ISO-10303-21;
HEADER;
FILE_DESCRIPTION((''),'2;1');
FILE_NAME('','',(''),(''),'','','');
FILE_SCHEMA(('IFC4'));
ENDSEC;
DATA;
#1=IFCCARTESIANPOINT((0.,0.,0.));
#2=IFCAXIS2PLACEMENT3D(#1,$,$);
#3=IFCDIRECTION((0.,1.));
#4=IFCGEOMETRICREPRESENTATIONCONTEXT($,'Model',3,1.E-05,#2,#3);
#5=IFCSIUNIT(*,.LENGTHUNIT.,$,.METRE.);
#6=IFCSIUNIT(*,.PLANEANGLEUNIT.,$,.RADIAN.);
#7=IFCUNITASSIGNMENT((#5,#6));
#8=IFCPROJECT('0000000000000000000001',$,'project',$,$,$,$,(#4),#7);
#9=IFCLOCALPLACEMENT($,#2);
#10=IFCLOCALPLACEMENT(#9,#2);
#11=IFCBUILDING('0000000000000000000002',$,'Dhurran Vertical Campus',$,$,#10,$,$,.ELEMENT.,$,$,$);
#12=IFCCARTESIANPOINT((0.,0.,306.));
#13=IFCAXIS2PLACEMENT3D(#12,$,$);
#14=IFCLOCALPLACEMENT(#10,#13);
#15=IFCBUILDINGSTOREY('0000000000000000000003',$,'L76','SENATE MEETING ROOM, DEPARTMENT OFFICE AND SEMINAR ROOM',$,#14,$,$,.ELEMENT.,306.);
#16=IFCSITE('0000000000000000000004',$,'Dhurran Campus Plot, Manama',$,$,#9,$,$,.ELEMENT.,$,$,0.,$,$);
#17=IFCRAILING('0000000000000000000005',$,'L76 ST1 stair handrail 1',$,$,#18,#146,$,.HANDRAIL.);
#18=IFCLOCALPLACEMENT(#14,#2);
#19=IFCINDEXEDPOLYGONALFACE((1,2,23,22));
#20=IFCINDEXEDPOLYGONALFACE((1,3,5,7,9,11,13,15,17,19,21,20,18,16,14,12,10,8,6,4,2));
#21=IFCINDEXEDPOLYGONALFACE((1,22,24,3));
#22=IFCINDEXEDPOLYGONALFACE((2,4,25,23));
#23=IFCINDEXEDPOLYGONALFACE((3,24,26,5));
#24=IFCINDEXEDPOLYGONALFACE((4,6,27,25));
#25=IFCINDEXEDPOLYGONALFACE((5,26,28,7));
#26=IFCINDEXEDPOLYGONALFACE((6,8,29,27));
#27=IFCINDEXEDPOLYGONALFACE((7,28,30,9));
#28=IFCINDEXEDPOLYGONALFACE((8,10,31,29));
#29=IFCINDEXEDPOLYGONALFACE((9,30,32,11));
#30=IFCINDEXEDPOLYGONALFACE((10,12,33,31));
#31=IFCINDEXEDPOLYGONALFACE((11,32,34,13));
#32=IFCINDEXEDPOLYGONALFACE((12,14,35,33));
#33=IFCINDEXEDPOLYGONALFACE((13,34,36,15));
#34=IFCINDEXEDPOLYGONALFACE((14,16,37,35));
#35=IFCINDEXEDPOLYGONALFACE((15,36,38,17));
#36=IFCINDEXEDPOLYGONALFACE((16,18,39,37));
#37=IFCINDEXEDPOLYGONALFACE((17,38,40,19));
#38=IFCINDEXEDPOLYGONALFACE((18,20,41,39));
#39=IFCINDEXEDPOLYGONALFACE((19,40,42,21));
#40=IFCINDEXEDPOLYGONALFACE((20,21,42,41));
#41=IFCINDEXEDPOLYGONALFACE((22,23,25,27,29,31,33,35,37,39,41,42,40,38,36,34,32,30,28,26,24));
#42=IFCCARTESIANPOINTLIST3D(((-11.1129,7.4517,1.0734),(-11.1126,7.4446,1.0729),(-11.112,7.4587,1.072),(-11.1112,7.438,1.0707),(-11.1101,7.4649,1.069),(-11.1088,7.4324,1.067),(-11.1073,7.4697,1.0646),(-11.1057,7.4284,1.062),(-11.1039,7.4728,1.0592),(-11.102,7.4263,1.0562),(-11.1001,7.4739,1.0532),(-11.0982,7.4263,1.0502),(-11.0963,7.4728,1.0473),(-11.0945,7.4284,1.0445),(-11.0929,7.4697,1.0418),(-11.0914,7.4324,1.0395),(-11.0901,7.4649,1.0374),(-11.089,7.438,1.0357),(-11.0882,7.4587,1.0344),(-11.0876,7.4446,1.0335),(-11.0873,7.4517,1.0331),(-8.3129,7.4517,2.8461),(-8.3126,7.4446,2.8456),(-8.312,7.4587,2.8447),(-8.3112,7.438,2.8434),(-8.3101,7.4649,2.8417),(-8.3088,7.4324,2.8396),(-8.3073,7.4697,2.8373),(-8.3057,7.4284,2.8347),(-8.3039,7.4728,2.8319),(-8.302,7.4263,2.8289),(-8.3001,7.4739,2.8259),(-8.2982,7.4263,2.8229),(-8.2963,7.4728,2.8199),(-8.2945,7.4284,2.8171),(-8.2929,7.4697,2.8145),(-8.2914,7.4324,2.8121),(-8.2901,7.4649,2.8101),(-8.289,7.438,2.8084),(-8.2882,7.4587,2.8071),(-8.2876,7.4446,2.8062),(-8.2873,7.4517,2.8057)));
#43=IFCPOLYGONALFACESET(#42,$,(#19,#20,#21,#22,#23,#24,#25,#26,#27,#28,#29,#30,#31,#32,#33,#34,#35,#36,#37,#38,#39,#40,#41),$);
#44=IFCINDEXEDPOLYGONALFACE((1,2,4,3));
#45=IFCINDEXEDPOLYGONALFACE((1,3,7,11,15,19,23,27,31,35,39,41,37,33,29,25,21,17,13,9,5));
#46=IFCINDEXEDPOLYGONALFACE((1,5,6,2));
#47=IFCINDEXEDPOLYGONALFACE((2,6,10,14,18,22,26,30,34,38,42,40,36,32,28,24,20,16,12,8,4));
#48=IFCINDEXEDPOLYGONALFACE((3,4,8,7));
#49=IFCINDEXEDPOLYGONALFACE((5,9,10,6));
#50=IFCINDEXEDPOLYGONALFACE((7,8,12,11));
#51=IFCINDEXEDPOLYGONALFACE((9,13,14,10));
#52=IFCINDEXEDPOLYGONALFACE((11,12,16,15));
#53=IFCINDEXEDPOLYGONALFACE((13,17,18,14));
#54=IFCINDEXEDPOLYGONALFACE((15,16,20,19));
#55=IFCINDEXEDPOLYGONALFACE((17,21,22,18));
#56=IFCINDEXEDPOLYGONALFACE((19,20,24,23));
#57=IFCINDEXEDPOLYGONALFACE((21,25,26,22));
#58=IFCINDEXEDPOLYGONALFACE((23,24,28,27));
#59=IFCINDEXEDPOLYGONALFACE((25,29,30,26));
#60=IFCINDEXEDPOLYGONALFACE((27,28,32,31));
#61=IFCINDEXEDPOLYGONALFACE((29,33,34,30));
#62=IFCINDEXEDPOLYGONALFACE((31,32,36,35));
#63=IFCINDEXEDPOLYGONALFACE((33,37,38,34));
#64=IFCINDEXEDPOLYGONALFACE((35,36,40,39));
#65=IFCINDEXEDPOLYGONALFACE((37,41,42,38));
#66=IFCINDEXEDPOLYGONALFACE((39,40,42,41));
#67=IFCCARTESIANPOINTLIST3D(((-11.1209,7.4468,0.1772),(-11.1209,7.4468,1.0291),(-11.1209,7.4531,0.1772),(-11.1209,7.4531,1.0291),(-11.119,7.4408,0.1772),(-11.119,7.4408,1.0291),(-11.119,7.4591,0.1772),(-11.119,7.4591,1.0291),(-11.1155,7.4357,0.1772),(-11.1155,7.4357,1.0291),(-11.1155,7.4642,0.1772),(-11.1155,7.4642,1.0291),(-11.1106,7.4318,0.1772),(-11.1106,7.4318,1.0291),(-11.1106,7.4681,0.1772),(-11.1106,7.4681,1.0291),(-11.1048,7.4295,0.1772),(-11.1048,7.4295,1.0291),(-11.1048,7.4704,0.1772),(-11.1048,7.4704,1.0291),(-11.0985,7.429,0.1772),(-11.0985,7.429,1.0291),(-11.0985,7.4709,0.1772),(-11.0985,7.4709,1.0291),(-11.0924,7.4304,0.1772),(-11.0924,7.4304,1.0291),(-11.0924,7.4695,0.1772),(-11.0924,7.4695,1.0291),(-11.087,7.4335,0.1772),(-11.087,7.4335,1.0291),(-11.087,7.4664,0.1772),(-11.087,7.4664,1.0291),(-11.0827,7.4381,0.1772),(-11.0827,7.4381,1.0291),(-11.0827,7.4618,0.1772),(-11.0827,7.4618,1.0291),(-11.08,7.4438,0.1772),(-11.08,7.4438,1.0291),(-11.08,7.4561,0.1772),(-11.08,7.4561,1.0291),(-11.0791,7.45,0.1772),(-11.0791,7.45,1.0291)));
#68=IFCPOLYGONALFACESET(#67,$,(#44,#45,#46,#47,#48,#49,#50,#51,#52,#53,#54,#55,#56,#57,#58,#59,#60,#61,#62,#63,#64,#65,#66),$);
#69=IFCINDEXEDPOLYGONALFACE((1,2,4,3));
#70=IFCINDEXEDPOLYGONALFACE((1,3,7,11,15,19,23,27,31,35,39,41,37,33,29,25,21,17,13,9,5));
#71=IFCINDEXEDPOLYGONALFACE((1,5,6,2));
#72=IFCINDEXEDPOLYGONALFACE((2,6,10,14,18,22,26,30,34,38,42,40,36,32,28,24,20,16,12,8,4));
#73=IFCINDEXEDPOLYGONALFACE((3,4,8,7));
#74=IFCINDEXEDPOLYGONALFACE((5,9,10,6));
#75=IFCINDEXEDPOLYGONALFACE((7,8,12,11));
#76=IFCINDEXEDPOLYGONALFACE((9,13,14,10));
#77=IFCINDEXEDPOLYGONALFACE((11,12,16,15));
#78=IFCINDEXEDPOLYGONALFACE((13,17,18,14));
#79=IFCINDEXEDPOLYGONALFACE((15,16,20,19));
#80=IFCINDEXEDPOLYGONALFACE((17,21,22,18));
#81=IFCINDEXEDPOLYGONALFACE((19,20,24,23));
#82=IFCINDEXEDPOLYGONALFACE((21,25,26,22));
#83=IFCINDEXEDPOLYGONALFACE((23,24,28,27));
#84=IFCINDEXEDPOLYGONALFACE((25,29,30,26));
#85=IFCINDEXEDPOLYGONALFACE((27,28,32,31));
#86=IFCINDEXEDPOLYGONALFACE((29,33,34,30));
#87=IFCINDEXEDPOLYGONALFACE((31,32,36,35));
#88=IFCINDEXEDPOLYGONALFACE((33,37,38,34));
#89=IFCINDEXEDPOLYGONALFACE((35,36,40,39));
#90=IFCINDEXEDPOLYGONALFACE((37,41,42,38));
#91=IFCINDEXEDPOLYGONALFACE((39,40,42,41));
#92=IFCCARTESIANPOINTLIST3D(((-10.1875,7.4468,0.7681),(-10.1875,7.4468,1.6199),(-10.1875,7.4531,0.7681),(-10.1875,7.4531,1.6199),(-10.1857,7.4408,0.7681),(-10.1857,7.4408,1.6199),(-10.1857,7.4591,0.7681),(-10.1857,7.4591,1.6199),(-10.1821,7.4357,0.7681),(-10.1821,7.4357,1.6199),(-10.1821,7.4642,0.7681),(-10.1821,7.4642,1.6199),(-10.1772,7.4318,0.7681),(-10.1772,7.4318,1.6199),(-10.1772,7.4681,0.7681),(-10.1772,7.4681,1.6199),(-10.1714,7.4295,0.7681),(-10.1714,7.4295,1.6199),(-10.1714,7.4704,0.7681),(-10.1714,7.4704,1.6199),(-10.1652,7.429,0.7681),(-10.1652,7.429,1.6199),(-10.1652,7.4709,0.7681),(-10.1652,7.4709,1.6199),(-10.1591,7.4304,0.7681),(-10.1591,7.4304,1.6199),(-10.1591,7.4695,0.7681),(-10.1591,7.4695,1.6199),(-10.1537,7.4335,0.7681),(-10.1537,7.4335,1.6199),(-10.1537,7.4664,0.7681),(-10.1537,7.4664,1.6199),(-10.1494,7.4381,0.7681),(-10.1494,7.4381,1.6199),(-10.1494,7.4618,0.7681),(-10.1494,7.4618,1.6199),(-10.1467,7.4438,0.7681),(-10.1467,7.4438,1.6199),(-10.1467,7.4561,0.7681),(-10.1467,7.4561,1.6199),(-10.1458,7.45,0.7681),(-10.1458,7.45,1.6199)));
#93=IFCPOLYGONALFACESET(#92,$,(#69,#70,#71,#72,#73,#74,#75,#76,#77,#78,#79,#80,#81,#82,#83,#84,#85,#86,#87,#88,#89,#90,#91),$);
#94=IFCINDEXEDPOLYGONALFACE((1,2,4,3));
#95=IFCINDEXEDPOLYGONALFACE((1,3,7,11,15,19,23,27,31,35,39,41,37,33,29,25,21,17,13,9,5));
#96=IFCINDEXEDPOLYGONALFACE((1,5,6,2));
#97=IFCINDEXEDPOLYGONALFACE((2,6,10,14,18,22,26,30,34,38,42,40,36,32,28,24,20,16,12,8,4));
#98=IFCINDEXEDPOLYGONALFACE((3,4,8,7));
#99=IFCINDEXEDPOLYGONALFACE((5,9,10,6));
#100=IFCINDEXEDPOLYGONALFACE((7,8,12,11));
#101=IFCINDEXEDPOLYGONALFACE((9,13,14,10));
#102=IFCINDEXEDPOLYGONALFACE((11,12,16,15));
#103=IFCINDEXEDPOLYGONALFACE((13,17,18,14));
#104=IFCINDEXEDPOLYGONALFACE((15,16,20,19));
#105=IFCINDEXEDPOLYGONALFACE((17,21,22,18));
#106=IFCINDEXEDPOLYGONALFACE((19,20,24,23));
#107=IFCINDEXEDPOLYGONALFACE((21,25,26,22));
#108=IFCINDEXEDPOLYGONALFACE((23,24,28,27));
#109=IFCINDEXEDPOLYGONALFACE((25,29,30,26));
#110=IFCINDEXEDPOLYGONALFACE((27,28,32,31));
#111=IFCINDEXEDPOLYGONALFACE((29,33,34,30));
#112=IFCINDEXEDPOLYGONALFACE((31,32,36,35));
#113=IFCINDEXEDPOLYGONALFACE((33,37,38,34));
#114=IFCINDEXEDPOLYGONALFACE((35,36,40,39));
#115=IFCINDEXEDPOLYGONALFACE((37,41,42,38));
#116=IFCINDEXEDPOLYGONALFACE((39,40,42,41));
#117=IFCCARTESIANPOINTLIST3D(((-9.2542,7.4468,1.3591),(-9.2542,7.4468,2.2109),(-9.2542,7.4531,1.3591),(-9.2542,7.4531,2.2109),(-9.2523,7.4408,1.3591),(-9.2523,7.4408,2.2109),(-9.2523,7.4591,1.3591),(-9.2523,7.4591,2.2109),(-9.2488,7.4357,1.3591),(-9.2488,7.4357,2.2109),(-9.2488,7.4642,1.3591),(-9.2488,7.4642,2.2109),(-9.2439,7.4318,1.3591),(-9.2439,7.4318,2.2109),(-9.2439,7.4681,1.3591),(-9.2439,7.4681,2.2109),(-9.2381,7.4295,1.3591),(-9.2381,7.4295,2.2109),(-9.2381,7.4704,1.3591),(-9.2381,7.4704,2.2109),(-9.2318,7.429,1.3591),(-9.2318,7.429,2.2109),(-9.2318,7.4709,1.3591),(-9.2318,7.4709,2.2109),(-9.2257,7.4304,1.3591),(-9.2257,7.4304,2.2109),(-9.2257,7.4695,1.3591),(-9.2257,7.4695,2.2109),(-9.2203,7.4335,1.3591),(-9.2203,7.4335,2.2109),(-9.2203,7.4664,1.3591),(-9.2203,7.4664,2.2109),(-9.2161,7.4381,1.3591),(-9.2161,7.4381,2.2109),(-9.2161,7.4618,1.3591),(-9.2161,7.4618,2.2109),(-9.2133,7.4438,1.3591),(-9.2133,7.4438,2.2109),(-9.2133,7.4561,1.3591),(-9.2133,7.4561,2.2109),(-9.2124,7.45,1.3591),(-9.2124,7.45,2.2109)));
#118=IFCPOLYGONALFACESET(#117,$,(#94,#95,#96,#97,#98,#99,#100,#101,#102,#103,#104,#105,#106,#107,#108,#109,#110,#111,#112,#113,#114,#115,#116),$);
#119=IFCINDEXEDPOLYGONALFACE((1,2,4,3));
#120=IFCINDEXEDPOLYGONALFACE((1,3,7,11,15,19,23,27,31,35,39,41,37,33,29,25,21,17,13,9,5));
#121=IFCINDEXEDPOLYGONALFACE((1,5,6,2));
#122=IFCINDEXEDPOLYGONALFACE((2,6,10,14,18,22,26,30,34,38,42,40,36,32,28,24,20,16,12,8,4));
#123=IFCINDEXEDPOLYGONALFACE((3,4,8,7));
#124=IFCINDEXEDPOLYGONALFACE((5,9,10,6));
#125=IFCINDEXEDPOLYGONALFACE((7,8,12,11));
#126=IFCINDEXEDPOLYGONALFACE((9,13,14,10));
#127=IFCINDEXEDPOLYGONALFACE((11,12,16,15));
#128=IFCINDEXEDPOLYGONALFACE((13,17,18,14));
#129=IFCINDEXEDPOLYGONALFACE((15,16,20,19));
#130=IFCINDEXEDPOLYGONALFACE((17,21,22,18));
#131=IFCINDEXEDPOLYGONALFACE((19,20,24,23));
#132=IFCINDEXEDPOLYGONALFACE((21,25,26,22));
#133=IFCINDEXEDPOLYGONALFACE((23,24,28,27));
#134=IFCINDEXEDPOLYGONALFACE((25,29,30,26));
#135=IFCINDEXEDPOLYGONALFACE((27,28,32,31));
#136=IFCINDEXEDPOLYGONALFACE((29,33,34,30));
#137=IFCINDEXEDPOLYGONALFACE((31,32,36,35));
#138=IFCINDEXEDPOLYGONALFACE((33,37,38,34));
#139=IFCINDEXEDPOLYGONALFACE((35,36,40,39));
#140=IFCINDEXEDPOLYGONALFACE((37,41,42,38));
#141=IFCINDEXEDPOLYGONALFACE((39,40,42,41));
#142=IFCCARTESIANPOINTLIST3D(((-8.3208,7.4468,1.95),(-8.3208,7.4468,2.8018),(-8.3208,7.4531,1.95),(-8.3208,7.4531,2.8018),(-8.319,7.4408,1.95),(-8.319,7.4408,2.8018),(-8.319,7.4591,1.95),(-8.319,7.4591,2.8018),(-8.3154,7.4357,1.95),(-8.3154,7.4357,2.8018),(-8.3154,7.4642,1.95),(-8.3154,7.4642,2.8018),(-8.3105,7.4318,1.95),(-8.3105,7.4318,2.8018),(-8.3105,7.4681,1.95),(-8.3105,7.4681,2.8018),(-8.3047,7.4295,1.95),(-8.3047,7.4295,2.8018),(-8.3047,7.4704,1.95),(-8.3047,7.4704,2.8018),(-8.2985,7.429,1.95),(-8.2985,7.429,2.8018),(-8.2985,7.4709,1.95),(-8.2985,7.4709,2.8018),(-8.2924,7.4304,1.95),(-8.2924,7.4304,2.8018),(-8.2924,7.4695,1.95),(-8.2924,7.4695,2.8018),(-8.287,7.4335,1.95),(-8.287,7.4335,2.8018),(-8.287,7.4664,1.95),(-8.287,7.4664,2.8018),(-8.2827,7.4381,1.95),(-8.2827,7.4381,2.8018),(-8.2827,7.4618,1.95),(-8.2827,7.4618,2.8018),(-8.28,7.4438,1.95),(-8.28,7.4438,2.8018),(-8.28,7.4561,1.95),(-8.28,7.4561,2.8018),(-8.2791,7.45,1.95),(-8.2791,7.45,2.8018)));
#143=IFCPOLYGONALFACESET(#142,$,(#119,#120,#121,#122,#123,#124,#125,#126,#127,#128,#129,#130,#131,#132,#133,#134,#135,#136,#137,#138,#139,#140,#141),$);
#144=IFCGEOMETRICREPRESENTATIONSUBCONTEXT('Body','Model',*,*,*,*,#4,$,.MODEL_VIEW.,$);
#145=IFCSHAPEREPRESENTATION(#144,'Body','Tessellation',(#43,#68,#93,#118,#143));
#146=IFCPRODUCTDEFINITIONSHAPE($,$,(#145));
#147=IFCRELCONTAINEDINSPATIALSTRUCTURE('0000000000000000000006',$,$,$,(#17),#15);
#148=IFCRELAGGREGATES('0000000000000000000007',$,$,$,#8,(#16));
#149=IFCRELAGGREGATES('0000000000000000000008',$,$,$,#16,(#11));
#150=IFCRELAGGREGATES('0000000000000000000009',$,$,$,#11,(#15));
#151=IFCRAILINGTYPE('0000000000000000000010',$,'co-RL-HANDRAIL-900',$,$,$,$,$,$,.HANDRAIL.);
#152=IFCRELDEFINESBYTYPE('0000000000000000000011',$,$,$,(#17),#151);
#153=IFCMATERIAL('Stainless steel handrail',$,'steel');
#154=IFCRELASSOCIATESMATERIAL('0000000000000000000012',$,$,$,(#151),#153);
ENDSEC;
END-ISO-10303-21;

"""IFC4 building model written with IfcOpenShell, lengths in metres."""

from ifc_helpers import new_model, si_unit, direction, frame, origin, origin_2d, place, context, subcontext, project, spatial, circle, extrude, material, type_object, element, save


model = new_model("IFC4")

# Units and contexts
model_context = context("Model", 3, precision=1e-05, world=origin(), true_north=direction((0.0, 1.0)))
body_context = subcontext(model_context, "Body", "Model", "MODEL_VIEW")
ifc_project = project(units=[si_unit("LENGTHUNIT", "METRE"), si_unit("PLANEANGLEUNIT", "RADIAN")], contexts=[model_context])

# Site, building, storey
site_placement = place(None, origin())
site = spatial("IfcSite", under=ifc_project, at=site_placement, Name="Dhurran Campus Plot, Manama", CompositionType="ELEMENT", RefElevation=0.0)
building_placement = place(site_placement, origin())
building = spatial("IfcBuilding", under=site, at=building_placement, Name="Dhurran Vertical Campus", CompositionType="ELEMENT")
storey_placement = place(building_placement, frame((0.0, 0.0, 306.0)))
storey = spatial("IfcBuildingStorey", under=building, at=storey_placement, Name="L76", Description="SENATE MEETING ROOM, DEPARTMENT OFFICE AND SEMINAR ROOM", CompositionType="ELEMENT", Elevation=306.0)

# Railing
ifc_material_1 = material(Name="Stainless steel handrail", Category="steel")
railing_type_1 = type_object("IfcRailingType", Name="co-RL-HANDRAIL-900", PredefinedType="HANDRAIL", material=ifc_material_1)
railing_1_placement = place(storey_placement, frame((-11.1001, 7.45, 0.1772)))
element("IfcRailing", 1, at=railing_1_placement, inside=storey, type_object=railing_type_1, Name="L76 ST1 stair handrail 1", PredefinedType="HANDRAIL", context=body_context, shape_type="SweptSolid", body=[
    extrude(circle(Radius=0.0239, at=origin_2d()), frame((0.0, 0.0, 0.876), z_axis=(0.844909, 0.0, 0.53491), x_axis=(0.0, 1.0, 0.0)), (0.0, 0.0, 1.0), 3.314),
    extrude(circle(Radius=0.021, at=origin_2d()), origin(), (0.0, 0.0, 1.0), 0.8518),
    extrude(circle(Radius=0.021, at=origin_2d()), frame((0.9333, 0.0, 0.5908)), (0.0, 0.0, 1.0), 0.8518),
    extrude(circle(Radius=0.021, at=origin_2d()), frame((1.8667, 0.0, 1.1819)), (0.0, 0.0, 1.0), 0.8518),
    extrude(circle(Radius=0.021, at=origin_2d()), frame((2.8, 0.0, 1.7727)), (0.0, 0.0, 1.0), 0.8518),
])

save(model, "model.ifc")
